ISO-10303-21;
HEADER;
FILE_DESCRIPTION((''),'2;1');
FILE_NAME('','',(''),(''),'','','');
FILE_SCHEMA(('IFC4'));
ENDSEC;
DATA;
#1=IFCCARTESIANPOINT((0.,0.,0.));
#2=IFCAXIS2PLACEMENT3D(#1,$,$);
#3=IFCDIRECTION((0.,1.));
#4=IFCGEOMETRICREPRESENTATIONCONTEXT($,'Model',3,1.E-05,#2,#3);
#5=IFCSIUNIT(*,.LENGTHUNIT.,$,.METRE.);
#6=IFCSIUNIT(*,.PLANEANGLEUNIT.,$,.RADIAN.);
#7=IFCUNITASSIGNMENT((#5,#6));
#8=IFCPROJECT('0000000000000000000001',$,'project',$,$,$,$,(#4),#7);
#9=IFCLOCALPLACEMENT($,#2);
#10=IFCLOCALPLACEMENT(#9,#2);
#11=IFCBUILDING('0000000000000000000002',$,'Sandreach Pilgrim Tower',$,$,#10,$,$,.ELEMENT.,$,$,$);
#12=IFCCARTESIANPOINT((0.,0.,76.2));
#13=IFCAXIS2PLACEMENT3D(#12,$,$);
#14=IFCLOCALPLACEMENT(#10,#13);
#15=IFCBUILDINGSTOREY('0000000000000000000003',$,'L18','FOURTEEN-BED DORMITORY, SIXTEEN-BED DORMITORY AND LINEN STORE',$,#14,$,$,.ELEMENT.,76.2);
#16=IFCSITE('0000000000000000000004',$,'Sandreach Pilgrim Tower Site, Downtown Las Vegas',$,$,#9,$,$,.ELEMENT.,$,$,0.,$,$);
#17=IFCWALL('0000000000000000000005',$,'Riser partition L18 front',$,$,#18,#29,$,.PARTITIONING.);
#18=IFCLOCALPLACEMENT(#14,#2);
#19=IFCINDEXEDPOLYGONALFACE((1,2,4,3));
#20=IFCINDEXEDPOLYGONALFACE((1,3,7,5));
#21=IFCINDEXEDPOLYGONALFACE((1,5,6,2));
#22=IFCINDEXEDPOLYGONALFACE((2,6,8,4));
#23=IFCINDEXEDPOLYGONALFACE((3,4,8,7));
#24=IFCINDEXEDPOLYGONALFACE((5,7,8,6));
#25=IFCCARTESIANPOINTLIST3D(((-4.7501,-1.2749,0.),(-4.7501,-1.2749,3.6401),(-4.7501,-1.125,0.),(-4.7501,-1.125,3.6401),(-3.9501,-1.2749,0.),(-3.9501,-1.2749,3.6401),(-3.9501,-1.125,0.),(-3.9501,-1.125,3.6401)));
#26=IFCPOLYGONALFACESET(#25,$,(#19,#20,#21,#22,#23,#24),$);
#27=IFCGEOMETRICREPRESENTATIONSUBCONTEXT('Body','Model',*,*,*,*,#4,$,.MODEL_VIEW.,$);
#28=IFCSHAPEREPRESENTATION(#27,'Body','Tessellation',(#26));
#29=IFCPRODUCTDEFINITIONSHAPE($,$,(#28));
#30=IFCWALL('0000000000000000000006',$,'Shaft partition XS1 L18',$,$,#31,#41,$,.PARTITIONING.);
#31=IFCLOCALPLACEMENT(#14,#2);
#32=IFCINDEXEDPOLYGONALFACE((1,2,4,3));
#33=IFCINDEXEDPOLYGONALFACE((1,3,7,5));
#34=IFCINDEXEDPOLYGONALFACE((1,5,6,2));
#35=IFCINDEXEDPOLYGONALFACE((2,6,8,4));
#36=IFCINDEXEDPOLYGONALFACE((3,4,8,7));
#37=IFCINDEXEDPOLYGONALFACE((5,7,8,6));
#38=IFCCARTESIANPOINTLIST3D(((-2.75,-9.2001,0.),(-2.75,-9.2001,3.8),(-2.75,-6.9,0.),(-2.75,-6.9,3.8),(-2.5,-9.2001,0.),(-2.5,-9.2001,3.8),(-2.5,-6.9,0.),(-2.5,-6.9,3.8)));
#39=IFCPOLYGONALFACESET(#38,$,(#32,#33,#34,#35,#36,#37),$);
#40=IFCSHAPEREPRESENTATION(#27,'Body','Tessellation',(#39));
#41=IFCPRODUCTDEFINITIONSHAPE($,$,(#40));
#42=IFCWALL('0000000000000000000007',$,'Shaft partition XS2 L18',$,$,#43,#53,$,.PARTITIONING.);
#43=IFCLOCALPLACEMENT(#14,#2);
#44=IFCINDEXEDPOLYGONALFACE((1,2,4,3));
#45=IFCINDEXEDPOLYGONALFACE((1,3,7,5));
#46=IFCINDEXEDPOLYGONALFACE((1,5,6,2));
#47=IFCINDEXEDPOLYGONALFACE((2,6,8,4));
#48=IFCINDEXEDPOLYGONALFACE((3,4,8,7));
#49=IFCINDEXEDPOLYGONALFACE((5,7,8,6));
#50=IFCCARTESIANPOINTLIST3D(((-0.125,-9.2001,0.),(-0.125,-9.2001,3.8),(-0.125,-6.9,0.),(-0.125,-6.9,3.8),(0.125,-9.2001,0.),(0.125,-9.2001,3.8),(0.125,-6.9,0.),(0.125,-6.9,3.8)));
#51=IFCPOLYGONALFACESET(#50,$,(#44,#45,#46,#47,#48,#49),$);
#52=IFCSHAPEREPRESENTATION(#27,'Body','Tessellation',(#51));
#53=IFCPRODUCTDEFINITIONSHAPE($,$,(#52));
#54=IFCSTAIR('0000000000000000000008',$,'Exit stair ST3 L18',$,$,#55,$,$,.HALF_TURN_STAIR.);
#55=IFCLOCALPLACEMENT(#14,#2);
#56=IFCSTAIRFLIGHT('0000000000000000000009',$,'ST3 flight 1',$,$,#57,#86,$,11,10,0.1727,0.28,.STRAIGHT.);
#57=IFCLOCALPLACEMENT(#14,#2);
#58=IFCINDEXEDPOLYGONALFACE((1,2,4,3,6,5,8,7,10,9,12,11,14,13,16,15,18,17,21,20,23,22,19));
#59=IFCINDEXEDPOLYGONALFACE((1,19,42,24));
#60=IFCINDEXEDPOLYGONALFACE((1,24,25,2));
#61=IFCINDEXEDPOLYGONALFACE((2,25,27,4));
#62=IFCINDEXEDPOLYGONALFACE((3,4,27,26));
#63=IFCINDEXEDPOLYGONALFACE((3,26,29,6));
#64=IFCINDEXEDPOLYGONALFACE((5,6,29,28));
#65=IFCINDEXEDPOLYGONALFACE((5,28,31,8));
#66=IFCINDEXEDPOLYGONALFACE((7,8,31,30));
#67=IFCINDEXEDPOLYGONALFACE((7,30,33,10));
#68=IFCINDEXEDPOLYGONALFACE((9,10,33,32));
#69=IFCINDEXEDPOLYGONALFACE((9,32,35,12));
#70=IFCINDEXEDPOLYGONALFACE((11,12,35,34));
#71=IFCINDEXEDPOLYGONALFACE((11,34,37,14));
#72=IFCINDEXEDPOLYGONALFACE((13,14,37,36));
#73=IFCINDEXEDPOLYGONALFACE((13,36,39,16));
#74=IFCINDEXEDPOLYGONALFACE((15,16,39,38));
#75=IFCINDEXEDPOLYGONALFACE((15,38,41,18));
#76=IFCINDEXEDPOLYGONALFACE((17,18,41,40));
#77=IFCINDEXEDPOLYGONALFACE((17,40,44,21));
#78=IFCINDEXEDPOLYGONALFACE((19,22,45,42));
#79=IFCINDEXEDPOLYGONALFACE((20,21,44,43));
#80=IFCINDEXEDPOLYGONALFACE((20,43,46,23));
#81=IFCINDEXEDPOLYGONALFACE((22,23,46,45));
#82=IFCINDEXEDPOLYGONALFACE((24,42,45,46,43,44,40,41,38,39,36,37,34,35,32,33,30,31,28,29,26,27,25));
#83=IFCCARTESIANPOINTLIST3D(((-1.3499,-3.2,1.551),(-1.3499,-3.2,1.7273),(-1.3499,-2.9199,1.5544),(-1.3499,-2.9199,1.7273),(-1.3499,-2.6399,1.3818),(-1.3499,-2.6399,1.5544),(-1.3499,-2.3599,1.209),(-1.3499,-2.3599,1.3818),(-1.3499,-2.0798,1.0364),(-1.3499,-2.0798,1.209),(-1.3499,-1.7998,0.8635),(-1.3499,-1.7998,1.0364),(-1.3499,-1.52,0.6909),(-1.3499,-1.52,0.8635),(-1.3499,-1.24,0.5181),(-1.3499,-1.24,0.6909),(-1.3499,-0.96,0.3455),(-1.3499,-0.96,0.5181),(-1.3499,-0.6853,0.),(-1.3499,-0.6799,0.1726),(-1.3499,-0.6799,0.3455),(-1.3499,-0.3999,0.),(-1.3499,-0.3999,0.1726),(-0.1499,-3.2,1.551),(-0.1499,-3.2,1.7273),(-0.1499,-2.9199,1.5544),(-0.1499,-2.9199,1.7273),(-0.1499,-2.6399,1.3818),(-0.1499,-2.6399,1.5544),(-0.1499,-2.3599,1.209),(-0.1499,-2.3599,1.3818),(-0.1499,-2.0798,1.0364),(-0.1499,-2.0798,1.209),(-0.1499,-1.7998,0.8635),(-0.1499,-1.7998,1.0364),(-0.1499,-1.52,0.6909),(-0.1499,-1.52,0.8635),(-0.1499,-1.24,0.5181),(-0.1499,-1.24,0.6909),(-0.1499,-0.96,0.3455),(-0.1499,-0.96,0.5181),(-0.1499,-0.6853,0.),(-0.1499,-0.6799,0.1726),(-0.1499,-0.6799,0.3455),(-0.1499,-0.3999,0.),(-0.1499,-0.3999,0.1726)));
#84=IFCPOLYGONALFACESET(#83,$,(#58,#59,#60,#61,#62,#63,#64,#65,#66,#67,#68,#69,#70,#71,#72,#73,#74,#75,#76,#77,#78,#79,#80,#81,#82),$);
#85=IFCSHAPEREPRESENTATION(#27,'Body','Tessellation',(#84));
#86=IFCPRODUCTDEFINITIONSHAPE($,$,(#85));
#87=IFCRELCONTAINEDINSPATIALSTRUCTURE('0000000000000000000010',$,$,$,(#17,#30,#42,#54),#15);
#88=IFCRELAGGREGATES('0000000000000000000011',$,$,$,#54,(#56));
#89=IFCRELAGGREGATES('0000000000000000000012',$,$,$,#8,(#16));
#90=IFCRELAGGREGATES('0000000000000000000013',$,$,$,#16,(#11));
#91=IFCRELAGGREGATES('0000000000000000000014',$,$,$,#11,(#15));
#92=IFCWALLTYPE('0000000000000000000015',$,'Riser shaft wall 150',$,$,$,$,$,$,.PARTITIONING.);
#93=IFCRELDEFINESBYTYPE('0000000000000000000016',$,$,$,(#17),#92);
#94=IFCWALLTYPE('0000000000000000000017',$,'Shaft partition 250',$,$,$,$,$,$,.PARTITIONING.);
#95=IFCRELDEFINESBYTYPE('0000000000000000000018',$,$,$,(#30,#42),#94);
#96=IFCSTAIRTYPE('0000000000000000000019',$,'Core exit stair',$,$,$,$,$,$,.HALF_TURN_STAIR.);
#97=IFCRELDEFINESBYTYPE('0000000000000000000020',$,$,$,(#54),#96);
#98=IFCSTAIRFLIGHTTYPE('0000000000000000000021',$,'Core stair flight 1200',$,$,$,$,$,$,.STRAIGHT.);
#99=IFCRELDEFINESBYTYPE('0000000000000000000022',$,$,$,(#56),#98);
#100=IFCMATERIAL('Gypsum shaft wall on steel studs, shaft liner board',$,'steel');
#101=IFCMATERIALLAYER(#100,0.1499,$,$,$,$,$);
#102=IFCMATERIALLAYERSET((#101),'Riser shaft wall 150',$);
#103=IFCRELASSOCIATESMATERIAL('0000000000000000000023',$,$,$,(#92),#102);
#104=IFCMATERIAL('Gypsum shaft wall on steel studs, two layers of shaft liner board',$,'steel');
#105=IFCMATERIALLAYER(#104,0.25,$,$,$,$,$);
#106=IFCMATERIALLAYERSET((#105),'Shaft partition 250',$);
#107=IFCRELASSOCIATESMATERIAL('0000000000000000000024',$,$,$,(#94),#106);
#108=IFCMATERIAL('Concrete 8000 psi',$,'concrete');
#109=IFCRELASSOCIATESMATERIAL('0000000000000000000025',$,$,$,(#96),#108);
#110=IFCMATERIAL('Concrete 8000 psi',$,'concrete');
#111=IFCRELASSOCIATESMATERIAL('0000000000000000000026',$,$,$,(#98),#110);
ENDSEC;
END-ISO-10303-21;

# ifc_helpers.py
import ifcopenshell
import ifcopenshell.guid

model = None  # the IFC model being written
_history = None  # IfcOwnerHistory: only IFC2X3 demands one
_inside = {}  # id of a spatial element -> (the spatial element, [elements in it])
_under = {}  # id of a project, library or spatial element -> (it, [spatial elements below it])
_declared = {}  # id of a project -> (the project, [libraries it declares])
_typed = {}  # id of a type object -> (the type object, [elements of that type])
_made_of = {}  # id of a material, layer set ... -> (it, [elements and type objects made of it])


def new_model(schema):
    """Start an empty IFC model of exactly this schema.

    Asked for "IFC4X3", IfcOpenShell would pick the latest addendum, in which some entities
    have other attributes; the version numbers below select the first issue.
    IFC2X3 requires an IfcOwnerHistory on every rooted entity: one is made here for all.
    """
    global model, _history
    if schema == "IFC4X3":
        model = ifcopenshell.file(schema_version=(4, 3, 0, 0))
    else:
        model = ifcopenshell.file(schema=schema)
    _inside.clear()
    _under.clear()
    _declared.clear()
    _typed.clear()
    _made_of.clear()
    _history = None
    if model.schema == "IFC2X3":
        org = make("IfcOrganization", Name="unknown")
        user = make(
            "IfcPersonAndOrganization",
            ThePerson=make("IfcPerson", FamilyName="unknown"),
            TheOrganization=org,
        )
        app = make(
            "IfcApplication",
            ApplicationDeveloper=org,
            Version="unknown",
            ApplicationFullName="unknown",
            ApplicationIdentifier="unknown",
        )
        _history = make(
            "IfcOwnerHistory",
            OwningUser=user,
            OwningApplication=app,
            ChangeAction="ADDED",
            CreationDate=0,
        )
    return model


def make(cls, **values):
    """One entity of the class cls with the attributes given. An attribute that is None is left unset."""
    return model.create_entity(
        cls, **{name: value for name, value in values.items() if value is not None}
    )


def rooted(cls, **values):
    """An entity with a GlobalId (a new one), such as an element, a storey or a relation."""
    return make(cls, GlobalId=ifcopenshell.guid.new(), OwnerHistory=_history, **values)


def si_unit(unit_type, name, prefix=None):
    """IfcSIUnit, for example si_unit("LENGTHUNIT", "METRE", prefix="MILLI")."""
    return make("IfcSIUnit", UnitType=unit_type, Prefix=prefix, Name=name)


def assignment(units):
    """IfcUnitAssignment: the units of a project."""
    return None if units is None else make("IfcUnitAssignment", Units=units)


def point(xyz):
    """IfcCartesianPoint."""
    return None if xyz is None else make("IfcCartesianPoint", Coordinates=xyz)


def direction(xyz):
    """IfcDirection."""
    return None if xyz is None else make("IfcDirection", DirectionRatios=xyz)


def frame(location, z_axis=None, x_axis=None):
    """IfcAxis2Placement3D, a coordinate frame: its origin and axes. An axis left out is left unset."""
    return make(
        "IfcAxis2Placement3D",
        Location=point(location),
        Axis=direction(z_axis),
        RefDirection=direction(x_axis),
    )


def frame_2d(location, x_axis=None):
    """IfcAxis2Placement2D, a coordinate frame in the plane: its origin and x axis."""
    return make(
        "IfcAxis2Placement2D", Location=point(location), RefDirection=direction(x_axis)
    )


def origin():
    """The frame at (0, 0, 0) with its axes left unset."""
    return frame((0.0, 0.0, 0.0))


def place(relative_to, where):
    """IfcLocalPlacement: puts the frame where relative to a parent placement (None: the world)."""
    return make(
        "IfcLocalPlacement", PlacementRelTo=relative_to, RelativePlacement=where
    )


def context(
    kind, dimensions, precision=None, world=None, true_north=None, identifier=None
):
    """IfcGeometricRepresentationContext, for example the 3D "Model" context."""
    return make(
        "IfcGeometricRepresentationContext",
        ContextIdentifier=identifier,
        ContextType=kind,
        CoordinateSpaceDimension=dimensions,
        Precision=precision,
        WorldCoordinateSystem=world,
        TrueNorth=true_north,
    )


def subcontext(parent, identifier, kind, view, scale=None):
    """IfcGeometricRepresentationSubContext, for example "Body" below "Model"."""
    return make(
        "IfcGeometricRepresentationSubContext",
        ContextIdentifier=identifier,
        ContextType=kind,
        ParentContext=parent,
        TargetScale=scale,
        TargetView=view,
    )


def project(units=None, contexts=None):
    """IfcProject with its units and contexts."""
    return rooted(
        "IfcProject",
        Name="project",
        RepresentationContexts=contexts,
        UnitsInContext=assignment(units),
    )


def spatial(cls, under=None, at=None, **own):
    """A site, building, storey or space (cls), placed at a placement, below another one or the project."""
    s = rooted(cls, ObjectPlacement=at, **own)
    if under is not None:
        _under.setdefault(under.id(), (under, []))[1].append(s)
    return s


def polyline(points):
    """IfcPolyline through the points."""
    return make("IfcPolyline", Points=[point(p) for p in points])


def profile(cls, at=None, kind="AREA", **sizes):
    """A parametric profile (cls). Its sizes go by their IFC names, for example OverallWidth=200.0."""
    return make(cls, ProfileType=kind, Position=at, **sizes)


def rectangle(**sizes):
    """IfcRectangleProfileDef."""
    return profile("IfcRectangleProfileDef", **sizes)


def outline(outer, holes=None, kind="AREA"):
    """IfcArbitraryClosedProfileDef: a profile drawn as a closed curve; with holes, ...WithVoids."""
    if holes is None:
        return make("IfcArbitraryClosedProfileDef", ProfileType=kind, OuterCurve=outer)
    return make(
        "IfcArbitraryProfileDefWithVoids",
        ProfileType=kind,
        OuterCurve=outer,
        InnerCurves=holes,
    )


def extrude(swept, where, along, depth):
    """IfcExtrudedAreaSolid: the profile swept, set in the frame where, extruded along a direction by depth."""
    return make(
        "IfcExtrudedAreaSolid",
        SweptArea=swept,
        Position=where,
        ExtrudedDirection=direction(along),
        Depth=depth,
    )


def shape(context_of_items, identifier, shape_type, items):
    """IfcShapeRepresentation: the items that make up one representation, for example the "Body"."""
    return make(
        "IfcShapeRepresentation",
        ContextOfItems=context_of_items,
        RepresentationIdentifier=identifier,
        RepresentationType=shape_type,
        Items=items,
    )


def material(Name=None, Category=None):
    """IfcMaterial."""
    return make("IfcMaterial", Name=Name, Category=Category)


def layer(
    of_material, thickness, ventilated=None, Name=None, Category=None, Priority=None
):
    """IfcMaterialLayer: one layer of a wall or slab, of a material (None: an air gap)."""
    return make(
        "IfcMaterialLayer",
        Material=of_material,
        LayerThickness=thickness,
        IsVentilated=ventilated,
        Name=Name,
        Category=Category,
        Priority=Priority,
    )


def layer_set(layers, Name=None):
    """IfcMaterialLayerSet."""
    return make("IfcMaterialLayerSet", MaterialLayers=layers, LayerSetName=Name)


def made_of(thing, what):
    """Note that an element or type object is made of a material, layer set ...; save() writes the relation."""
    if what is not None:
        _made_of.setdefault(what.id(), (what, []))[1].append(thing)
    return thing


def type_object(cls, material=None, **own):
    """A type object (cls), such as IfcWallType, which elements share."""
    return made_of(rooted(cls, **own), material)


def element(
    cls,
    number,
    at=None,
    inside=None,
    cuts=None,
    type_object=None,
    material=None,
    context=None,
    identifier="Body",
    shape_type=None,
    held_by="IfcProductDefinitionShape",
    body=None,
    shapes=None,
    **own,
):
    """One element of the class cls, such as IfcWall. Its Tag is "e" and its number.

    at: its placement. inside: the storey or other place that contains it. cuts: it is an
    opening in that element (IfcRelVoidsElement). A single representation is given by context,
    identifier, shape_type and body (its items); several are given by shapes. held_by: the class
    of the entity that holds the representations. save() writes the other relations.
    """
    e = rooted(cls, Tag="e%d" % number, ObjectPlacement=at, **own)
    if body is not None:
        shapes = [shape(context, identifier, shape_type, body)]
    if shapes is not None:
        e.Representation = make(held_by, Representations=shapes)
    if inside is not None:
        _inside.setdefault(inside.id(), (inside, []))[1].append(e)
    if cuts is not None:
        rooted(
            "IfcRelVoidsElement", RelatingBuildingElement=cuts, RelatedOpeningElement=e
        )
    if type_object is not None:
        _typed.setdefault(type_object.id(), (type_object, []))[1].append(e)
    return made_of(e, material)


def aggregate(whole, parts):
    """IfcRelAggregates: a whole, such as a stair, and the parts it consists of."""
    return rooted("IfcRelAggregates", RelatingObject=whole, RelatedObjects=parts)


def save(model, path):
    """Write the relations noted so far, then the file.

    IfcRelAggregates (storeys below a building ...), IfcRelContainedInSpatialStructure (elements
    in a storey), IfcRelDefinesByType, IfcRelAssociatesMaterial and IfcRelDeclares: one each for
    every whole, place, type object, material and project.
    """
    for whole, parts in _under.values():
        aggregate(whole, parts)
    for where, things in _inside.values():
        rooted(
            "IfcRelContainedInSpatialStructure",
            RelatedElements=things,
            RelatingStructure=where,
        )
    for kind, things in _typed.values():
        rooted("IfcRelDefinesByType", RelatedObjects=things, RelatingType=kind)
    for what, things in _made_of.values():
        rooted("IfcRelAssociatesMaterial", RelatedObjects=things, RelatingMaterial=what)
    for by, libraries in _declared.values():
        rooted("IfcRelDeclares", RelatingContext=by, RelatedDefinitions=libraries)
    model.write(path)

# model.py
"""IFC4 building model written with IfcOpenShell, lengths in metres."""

from ifc_helpers import new_model, si_unit, direction, frame, frame_2d, origin, place, context, subcontext, project, spatial, polyline, rectangle, outline, extrude, material, layer, layer_set, type_object, element, aggregate, save


model = new_model("IFC4")

# Units and contexts
model_context = context("Model", 3, precision=1e-05, world=origin(), true_north=direction((0.0, 1.0)))
body_context = subcontext(model_context, "Body", "Model", "MODEL_VIEW")
ifc_project = project(units=[si_unit("LENGTHUNIT", "METRE"), si_unit("PLANEANGLEUNIT", "RADIAN")], contexts=[model_context])

# Site, building, storey
site_placement = place(None, origin())
site = spatial("IfcSite", under=ifc_project, at=site_placement, Name="Sandreach Pilgrim Tower Site, Downtown Las Vegas", CompositionType="ELEMENT", RefElevation=0.0)
building_placement = place(site_placement, origin())
building = spatial("IfcBuilding", under=site, at=building_placement, Name="Sandreach Pilgrim Tower", CompositionType="ELEMENT")
storey_placement = place(building_placement, frame((0.0, 0.0, 76.2)))
storey = spatial("IfcBuildingStorey", under=building, at=storey_placement, Name="L18", Description="FOURTEEN-BED DORMITORY, SIXTEEN-BED DORMITORY AND LINEN STORE", CompositionType="ELEMENT", Elevation=76.2)

# Shared definitions
ifc_material_1 = material(Name="Gypsum shaft wall on steel studs, shaft liner board", Category="steel")
ifc_layer_1 = layer(ifc_material_1, 0.1499)
ifc_layer_set_1 = layer_set([ifc_layer_1], Name="Riser shaft wall 150")
wall_type_1 = type_object("IfcWallType", Name="Riser shaft wall 150", PredefinedType="PARTITIONING", material=ifc_layer_set_1)

# Walls
wall_1_placement = place(storey_placement, frame((-4.75, -1.2, 0.0), z_axis=(0.0, 0.0, 1.0), x_axis=(1.0, 0.0, 0.0)))
element("IfcWall", 1, at=wall_1_placement, inside=storey, type_object=wall_type_1, Name="Riser partition L18 front", PredefinedType="PARTITIONING", context=body_context, shape_type="SweptSolid", body=[
    extrude(rectangle(XDim=0.8, YDim=0.1499, at=frame_2d((0.3999, 0.0))), origin(), (0.0, 0.0, 1.0), 3.6401),
])
ifc_material_2 = material(Name="Gypsum shaft wall on steel studs, two layers of shaft liner board", Category="steel")
ifc_layer_2 = layer(ifc_material_2, 0.25)
ifc_layer_set_2 = layer_set([ifc_layer_2], Name="Shaft partition 250")
wall_type_2 = type_object("IfcWallType", Name="Shaft partition 250", PredefinedType="PARTITIONING", material=ifc_layer_set_2)
for number, where, z_axis, x_axis, name in (
    (2, (-2.625, -9.2, 0.0), (0.0, 0.0, 1.0), (0.0, 1.0, 0.0), "Shaft partition XS1 L18"),
    (3, (0.0, -9.2, 0.0), (0.0, 0.0, 1.0), (0.0, 1.0, 0.0), "Shaft partition XS2 L18"),
):
    element("IfcWall", number, at=place(storey_placement, frame(where, z_axis=z_axis, x_axis=x_axis)), inside=storey, type_object=wall_type_2, Name=name, PredefinedType="PARTITIONING", context=body_context, shape_type="SweptSolid", body=[
        extrude(rectangle(XDim=2.3, YDim=0.25, at=frame_2d((1.1499, 0.0))), origin(), (0.0, 0.0, 1.0), 3.8),
    ])

# Stair, stair flight
ifc_material_3 = material(Name="Concrete 8000 psi", Category="concrete")
stair_type = type_object("IfcStairType", Name="Core exit stair", PredefinedType="HALF_TURN_STAIR", material=ifc_material_3)
stair_placement = place(storey_placement, origin())
stair = element("IfcStair", 4, at=stair_placement, inside=storey, type_object=stair_type, Name="Exit stair ST3 L18", PredefinedType="HALF_TURN_STAIR")
ifc_material_4 = material(Name="Concrete 8000 psi", Category="concrete")
stair_flight_type = type_object("IfcStairFlightType", Name="Core stair flight 1200", PredefinedType="STRAIGHT", material=ifc_material_4)
stair_flight_placement = place(storey_placement, frame((-0.75, -0.3999, 0.0), z_axis=(0.0, 0.0, 1.0), x_axis=(0.0, -1.0, 0.0)))
stair_flight = element("IfcStairFlight", 5, at=stair_flight_placement, type_object=stair_flight_type, Name="ST3 flight 1", NumberOfRisers=11, NumberOfTreads=10, PredefinedType="STRAIGHT", RiserHeight=0.1727, TreadLength=0.28, context=body_context, shape_type="SweptSolid", body=[
    extrude(outline(polyline([(0.0, 0.0), (0.0, 0.1726), (0.28, 0.1726), (0.28, 0.3455), (0.5601, 0.3455), (0.5601, 0.5181), (0.8401, 0.5181), (0.8401, 0.6909), (1.1201, 0.6909), (1.1201, 0.8635), (1.3999, 0.8635), (1.3999, 1.0364), (1.6799, 1.0364), (1.6799, 1.209), (1.96, 1.209), (1.96, 1.3818), (2.24, 1.3818), (2.24, 1.5544), (2.52, 1.5544), (2.52, 1.7273), (2.8, 1.7273), (2.8, 1.8999), (2.8, 1.551), (0.2854, 0.0), (0.0, 0.0)])), frame((0.0, 0.6001, 0.0), z_axis=(0.0, -1.0, 0.0), x_axis=(1.0, 0.0, 0.0)), (0.0, 0.0, 1.0), 1.2),
])
aggregate(stair, [stair_flight])

save(model, "model.ifc")
